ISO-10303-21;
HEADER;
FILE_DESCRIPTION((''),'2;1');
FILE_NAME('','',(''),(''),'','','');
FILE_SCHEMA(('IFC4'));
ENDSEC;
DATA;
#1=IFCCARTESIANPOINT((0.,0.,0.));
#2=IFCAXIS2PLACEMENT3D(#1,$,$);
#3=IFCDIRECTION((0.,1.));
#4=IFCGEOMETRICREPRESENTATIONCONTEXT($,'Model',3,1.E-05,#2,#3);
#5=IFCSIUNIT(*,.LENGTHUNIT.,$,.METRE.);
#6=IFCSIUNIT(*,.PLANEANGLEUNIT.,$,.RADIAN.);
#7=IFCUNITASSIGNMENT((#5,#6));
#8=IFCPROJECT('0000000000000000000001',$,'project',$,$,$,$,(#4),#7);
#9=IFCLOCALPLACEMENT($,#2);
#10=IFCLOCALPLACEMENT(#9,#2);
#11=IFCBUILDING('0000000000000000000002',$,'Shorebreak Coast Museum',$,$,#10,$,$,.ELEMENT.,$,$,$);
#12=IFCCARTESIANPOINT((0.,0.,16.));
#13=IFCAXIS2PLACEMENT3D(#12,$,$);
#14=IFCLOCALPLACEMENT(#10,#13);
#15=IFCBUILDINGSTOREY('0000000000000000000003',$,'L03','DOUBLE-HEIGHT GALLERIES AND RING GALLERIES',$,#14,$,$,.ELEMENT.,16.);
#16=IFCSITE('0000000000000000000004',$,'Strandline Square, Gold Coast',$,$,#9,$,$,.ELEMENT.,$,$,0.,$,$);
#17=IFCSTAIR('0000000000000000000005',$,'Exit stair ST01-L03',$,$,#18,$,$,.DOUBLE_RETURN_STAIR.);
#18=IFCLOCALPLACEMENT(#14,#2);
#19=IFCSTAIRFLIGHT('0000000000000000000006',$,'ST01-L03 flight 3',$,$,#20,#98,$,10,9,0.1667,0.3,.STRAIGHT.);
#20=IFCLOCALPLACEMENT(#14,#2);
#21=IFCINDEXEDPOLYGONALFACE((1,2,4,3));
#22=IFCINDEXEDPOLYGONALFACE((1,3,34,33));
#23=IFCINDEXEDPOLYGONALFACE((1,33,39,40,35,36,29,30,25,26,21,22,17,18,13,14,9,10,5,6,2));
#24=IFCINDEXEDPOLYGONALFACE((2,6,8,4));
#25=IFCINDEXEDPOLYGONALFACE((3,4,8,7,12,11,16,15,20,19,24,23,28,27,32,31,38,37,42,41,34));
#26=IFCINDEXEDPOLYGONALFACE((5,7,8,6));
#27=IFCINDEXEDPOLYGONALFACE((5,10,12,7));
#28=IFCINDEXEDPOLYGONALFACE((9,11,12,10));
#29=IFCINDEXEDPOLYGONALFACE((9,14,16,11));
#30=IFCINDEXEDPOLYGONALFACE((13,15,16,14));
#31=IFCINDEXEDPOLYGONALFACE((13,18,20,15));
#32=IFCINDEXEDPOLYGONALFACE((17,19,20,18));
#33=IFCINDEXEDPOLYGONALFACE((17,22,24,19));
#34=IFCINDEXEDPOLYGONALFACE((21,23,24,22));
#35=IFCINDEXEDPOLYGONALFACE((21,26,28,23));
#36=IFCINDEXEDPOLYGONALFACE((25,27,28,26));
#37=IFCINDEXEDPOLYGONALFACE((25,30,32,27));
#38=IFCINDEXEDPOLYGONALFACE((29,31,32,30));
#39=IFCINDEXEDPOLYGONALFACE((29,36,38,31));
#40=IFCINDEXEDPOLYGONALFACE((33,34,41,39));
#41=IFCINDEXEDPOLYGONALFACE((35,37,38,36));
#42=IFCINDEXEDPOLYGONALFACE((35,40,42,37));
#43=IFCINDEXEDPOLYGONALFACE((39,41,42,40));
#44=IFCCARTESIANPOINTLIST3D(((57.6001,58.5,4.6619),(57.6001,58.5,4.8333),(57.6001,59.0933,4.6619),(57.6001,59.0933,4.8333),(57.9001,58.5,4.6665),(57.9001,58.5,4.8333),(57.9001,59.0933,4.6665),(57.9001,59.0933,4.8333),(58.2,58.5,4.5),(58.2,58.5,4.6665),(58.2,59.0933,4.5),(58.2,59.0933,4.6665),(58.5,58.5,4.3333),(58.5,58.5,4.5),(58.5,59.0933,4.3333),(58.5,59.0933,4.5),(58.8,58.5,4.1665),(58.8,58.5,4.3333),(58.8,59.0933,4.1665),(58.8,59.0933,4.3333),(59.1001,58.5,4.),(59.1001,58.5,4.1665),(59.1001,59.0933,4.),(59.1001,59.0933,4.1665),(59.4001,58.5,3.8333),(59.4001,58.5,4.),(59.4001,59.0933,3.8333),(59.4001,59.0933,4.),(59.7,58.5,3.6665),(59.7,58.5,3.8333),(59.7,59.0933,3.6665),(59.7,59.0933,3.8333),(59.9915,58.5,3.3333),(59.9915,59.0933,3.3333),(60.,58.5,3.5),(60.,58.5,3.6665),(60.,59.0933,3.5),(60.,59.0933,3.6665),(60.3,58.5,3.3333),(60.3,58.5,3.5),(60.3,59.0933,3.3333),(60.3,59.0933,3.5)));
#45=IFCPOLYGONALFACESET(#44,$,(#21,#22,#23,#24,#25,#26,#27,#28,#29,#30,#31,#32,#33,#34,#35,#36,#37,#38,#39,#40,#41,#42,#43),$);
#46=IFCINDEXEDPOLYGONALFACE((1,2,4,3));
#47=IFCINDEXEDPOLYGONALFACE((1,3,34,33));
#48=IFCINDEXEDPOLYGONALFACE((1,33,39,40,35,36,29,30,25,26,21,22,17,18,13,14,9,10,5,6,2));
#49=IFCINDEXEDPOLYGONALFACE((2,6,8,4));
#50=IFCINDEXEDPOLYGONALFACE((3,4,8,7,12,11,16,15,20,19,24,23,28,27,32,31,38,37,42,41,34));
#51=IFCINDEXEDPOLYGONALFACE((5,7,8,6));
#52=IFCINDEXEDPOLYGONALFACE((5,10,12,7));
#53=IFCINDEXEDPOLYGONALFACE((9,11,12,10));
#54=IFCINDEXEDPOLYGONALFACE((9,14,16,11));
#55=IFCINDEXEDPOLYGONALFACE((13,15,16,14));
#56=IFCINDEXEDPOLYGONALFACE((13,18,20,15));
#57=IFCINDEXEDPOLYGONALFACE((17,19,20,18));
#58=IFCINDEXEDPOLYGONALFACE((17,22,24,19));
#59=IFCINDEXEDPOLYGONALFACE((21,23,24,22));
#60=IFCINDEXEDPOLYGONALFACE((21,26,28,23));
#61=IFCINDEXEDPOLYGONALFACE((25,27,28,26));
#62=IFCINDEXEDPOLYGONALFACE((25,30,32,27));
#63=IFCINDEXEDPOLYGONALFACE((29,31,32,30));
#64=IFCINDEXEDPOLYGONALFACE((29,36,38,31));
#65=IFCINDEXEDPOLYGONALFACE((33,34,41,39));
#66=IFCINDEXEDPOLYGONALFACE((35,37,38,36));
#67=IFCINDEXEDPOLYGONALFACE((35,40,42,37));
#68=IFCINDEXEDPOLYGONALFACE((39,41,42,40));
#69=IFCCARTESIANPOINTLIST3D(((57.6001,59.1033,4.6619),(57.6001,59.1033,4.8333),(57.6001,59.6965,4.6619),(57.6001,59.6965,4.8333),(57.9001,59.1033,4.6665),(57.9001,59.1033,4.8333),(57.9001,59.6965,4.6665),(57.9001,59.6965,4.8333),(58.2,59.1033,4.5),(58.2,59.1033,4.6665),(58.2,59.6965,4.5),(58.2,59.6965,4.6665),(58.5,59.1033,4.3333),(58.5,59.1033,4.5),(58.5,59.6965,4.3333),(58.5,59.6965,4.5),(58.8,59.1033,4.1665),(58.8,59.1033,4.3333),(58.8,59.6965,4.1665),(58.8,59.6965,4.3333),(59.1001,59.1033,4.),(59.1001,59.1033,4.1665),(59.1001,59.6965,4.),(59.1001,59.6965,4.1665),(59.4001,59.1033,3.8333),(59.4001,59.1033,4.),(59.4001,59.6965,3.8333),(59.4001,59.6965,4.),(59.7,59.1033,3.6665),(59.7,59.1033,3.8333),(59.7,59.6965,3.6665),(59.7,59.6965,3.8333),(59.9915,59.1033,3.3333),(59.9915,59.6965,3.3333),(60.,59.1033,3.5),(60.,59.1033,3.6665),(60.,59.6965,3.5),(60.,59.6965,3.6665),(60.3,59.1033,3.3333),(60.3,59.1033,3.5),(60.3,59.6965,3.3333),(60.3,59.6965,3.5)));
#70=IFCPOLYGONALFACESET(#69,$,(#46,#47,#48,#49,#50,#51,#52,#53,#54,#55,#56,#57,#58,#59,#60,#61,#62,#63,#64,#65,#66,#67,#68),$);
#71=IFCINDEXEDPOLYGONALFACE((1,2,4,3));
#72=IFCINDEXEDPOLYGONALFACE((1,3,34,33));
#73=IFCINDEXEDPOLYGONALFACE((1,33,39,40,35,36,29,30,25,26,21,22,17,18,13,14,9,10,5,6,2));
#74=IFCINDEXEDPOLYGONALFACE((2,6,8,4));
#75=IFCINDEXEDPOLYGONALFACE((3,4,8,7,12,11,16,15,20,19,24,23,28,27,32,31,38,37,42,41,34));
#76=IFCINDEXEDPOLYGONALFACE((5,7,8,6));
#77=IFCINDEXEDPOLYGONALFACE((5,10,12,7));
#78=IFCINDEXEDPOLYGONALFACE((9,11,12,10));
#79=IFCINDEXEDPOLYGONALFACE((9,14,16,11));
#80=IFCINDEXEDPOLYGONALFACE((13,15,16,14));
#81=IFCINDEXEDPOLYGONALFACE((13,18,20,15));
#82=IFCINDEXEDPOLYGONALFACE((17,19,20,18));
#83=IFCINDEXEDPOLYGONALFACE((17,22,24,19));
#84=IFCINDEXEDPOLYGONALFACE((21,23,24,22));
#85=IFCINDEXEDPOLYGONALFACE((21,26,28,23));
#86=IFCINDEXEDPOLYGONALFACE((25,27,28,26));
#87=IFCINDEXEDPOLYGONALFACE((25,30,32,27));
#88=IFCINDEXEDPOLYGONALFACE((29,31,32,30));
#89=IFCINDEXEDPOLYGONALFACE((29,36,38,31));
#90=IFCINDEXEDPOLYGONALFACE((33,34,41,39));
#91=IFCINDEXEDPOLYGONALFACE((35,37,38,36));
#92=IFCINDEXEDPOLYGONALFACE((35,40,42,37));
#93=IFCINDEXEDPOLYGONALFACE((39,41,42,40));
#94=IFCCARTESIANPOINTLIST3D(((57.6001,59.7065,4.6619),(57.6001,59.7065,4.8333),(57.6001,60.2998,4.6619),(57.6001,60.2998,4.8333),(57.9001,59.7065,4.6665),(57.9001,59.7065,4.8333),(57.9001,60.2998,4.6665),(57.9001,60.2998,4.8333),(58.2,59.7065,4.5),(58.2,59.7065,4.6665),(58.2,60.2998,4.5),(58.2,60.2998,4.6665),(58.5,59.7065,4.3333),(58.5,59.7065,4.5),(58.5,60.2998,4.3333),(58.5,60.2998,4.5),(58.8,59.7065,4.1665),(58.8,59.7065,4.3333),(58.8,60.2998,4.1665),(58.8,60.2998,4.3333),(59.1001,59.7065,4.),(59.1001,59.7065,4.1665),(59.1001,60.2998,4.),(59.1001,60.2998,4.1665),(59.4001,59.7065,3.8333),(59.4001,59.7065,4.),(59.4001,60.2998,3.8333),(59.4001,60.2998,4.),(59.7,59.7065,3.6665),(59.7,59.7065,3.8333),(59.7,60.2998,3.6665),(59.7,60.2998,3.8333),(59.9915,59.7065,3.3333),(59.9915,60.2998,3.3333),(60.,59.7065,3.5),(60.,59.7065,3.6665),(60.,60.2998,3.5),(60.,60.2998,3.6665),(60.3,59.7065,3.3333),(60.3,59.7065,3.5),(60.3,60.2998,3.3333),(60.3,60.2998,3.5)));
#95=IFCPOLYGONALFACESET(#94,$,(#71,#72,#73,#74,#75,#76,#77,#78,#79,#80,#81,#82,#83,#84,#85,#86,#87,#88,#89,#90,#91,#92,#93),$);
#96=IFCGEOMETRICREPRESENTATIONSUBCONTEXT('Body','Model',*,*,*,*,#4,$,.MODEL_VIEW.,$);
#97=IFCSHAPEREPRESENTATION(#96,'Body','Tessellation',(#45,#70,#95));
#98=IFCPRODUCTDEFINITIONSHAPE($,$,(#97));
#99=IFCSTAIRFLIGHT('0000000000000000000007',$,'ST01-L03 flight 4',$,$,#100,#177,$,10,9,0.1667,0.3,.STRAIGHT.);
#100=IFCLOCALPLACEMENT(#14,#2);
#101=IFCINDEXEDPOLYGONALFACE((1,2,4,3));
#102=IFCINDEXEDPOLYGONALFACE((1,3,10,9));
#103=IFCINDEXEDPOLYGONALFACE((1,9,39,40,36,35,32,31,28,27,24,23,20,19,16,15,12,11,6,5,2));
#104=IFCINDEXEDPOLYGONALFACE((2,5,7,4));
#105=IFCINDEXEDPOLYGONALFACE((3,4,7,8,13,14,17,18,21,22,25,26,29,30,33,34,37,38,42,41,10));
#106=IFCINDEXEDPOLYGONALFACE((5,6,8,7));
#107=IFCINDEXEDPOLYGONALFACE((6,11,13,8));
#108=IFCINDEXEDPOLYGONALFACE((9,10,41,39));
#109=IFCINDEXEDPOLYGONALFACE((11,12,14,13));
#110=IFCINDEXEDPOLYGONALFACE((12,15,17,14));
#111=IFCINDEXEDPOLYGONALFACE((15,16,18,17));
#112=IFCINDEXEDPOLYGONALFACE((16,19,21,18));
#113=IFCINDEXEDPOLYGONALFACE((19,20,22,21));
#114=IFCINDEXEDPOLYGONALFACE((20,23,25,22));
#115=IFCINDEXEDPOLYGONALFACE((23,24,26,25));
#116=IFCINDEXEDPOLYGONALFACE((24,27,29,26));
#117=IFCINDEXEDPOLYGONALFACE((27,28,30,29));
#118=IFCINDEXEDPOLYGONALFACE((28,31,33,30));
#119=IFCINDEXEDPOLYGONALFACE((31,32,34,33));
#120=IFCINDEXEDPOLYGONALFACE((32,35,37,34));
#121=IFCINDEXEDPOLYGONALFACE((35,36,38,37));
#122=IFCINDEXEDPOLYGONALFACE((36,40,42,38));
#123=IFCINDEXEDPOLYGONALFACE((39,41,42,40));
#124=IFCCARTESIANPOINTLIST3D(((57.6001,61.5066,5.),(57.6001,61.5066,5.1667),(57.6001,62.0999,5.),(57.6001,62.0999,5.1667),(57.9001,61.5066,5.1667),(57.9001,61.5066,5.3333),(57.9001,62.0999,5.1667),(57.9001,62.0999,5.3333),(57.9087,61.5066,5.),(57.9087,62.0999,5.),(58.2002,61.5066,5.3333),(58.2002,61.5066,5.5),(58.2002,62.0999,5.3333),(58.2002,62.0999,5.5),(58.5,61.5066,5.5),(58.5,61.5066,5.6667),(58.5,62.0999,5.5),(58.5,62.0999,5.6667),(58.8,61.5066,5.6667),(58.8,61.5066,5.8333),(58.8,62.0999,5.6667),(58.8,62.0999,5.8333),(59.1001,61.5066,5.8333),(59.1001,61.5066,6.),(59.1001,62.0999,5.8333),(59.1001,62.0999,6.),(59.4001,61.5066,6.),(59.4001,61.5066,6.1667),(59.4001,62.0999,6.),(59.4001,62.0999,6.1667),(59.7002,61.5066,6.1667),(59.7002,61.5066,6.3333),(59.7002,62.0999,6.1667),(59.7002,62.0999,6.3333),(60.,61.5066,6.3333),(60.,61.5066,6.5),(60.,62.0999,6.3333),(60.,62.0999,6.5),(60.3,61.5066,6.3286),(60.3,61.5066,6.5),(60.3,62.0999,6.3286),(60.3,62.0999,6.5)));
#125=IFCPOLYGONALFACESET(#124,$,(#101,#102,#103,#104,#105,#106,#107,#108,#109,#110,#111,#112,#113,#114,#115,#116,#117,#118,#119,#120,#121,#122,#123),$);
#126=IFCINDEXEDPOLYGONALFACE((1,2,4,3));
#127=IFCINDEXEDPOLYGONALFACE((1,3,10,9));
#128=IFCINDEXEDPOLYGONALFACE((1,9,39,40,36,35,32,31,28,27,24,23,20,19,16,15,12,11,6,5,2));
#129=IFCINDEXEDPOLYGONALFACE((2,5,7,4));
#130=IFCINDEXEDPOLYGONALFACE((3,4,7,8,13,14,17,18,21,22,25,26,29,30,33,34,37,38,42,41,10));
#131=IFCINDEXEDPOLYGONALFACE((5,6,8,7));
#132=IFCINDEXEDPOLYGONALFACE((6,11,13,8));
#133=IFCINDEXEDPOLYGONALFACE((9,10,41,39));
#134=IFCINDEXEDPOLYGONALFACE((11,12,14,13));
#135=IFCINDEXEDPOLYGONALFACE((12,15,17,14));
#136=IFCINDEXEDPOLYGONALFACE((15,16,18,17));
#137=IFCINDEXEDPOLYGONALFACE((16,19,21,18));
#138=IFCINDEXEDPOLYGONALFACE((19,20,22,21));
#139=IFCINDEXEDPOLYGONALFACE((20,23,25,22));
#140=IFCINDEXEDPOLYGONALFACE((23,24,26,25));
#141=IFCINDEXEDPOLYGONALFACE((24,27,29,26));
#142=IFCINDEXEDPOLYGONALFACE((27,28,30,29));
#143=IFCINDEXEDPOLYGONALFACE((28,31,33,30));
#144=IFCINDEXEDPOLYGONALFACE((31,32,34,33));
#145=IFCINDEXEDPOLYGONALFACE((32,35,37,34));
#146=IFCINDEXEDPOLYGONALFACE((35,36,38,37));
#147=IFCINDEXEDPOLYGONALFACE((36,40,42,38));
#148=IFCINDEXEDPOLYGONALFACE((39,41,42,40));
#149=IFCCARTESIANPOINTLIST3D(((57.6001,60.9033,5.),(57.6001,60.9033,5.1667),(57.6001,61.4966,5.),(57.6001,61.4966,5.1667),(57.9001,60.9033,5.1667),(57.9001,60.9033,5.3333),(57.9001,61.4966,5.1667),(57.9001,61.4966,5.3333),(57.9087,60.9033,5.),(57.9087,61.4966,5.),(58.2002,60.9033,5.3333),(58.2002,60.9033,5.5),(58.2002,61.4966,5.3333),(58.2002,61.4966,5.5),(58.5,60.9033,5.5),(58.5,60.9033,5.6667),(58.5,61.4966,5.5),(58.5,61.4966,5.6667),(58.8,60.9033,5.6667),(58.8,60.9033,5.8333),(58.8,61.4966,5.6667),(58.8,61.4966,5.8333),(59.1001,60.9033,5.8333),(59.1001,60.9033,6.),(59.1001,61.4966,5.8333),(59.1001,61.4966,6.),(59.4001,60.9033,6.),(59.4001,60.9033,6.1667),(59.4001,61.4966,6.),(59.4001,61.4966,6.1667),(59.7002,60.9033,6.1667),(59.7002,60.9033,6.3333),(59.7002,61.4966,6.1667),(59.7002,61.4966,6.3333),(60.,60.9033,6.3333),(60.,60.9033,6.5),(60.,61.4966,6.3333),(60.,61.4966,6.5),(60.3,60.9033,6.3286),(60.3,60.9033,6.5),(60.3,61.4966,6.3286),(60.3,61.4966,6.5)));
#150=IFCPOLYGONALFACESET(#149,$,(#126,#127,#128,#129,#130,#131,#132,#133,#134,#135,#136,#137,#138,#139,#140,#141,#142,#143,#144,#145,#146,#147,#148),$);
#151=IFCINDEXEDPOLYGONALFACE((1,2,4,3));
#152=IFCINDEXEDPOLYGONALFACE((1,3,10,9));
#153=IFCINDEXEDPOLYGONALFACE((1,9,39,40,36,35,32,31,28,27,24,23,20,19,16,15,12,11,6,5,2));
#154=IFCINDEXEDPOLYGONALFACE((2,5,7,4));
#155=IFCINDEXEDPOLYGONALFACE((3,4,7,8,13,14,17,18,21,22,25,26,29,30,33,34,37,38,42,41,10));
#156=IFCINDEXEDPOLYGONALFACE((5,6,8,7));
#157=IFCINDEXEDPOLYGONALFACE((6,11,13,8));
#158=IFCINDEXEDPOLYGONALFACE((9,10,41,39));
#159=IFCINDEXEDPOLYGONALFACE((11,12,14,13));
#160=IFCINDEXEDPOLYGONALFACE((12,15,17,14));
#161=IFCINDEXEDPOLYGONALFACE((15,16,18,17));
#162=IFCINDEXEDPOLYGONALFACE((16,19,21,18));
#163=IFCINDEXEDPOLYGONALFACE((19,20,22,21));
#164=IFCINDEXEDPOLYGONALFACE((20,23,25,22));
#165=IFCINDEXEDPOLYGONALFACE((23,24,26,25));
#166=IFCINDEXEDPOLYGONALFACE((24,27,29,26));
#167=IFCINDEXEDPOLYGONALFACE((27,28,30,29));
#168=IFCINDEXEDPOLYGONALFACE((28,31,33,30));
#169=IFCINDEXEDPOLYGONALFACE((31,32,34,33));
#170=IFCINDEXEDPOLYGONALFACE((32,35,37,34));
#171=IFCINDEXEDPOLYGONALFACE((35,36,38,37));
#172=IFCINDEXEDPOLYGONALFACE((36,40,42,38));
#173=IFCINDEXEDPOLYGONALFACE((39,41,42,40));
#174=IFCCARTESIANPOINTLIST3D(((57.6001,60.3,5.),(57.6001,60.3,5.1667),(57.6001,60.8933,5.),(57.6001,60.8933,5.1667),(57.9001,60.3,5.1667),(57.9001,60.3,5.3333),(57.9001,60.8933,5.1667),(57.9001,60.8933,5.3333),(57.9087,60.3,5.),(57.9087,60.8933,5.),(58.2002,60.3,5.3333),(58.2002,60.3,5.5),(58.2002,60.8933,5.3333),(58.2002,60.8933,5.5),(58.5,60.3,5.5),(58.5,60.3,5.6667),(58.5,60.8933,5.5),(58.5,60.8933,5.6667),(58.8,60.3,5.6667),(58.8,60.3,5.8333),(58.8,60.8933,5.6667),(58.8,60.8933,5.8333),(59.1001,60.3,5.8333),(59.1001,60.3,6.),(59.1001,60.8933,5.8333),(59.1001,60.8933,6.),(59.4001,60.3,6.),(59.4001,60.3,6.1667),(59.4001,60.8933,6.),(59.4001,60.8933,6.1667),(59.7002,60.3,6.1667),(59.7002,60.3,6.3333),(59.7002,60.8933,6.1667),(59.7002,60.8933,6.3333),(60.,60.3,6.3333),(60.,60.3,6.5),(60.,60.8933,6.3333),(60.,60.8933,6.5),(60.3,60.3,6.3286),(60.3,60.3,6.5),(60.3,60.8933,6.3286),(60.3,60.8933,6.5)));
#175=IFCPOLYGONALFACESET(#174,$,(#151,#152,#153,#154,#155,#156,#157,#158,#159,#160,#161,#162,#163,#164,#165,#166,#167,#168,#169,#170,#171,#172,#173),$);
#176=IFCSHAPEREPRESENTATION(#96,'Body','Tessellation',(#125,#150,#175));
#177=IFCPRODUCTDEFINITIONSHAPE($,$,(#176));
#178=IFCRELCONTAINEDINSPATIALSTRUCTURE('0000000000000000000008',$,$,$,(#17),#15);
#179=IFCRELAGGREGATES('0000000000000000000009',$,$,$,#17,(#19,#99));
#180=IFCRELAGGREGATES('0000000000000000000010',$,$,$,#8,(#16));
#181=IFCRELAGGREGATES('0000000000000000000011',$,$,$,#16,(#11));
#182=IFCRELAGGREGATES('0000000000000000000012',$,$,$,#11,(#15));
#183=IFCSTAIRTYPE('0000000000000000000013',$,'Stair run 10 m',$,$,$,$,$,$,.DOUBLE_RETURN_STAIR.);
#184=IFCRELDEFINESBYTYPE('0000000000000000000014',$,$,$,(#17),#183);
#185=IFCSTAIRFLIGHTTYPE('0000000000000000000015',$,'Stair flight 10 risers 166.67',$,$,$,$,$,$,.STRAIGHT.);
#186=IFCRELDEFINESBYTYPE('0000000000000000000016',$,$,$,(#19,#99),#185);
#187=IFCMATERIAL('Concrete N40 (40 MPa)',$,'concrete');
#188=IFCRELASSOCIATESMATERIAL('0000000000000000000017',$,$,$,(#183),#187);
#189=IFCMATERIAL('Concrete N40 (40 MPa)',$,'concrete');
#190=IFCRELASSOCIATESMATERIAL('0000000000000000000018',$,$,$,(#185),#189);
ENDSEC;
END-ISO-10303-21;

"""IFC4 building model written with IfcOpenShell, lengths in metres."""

from ifc_helpers import new_model, si_unit, direction, frame, origin, place, context, subcontext, project, spatial, polyline, outline, extrude, material, type_object, element, aggregate, save


model = new_model("IFC4")

# Units and contexts
model_context = context("Model", 3, precision=1e-05, world=origin(), true_north=direction((0.0, 1.0)))
body_context = subcontext(model_context, "Body", "Model", "MODEL_VIEW")
ifc_project = project(units=[si_unit("LENGTHUNIT", "METRE"), si_unit("PLANEANGLEUNIT", "RADIAN")], contexts=[model_context])

# Site, building, storey
site_placement = place(None, origin())
site = spatial("IfcSite", under=ifc_project, at=site_placement, Name="Strandline Square, Gold Coast", CompositionType="ELEMENT", RefElevation=0.0)
building_placement = place(site_placement, origin())
building = spatial("IfcBuilding", under=site, at=building_placement, Name="Shorebreak Coast Museum", CompositionType="ELEMENT")
storey_placement = place(building_placement, frame((0.0, 0.0, 16.0)))
storey = spatial("IfcBuildingStorey", under=building, at=storey_placement, Name="L03", Description="DOUBLE-HEIGHT GALLERIES AND RING GALLERIES", CompositionType="ELEMENT", Elevation=16.0)

# Stair, stair flights
ifc_material_1 = material(Name="Concrete N40 (40 MPa)", Category="concrete")
stair_type = type_object("IfcStairType", Name="Stair run 10 m", PredefinedType="DOUBLE_RETURN_STAIR", material=ifc_material_1)
stair_placement = place(storey_placement, origin())
stair = element("IfcStair", 1, at=stair_placement, inside=storey, type_object=stair_type, Name="Exit stair ST01-L03", PredefinedType="DOUBLE_RETURN_STAIR")
ifc_material_2 = material(Name="Concrete N40 (40 MPa)", Category="concrete")
stair_flight_type = type_object("IfcStairFlightType", Name="Stair flight 10 risers 166.67", PredefinedType="STRAIGHT", material=ifc_material_2)
stair_flight_1_placement = place(storey_placement, frame((60.3, 59.3999, 3.3333), z_axis=(0.0, 0.0, 1.0), x_axis=(-1.0, 0.0, 0.0)))
stair_flight_1 = element("IfcStairFlight", 2, at=stair_flight_1_placement, type_object=stair_flight_type, Name="ST01-L03 flight 3", NumberOfRisers=10, NumberOfTreads=9, PredefinedType="STRAIGHT", RiserHeight=0.1667, TreadLength=0.3, context=body_context, shape_type="SweptSolid", body=[
    extrude(outline(polyline([(0.0, 0.0), (0.0, 0.1667), (0.3, 0.1667), (0.3, 0.3333), (0.6001, 0.3333), (0.6001, 0.5), (0.8999, 0.5), (0.8999, 0.6667), (1.2, 0.6667), (1.2, 0.8333), (1.5, 0.8333), (1.5, 1.0), (1.8, 1.0), (1.8, 1.1667), (2.1001, 1.1667), (2.1001, 1.3333), (2.3999, 1.3333), (2.3999, 1.5), (2.7, 1.5), (2.7, 1.6667), (2.7, 1.3286), (0.3086, 0.0), (0.0, 0.0)])), frame((0.0, 0.8999, 0.0), z_axis=(0.0, -1.0, 0.0), x_axis=(1.0, 0.0, 0.0)), (0.0, 0.0, 1.0), 0.5933),
    extrude(outline(polyline([(0.0, 0.0), (0.0, 0.1667), (0.3, 0.1667), (0.3, 0.3333), (0.6001, 0.3333), (0.6001, 0.5), (0.8999, 0.5), (0.8999, 0.6667), (1.2, 0.6667), (1.2, 0.8333), (1.5, 0.8333), (1.5, 1.0), (1.8, 1.0), (1.8, 1.1667), (2.1001, 1.1667), (2.1001, 1.3333), (2.3999, 1.3333), (2.3999, 1.5), (2.7, 1.5), (2.7, 1.6667), (2.7, 1.3286), (0.3086, 0.0), (0.0, 0.0)])), frame((0.0, 0.2966, 0.0), z_axis=(0.0, -1.0, 0.0), x_axis=(1.0, 0.0, 0.0)), (0.0, 0.0, 1.0), 0.5933),
    extrude(outline(polyline([(0.0, 0.0), (0.0, 0.1667), (0.3, 0.1667), (0.3, 0.3333), (0.6001, 0.3333), (0.6001, 0.5), (0.8999, 0.5), (0.8999, 0.6667), (1.2, 0.6667), (1.2, 0.8333), (1.5, 0.8333), (1.5, 1.0), (1.8, 1.0), (1.8, 1.1667), (2.1001, 1.1667), (2.1001, 1.3333), (2.3999, 1.3333), (2.3999, 1.5), (2.7, 1.5), (2.7, 1.6667), (2.7, 1.3286), (0.3086, 0.0), (0.0, 0.0)])), frame((0.0, -0.3066, 0.0), z_axis=(0.0, -1.0, 0.0), x_axis=(1.0, 0.0, 0.0)), (0.0, 0.0, 1.0), 0.5933),
])
stair_flight_2_placement = place(storey_placement, frame((57.6001, 61.2, 5.0), z_axis=(0.0, 0.0, 1.0), x_axis=(1.0, 0.0, 0.0)))
stair_flight_2 = element("IfcStairFlight", 3, at=stair_flight_2_placement, type_object=stair_flight_type, Name="ST01-L03 flight 4", NumberOfRisers=10, NumberOfTreads=9, PredefinedType="STRAIGHT", RiserHeight=0.1667, TreadLength=0.3, context=body_context, shape_type="SweptSolid", body=[
    extrude(outline(polyline([(0.0, 0.0), (0.0, 0.1667), (0.3, 0.1667), (0.3, 0.3333), (0.6001, 0.3333), (0.6001, 0.5), (0.8999, 0.5), (0.8999, 0.6667), (1.2, 0.6667), (1.2, 0.8333), (1.5, 0.8333), (1.5, 1.0), (1.8, 1.0), (1.8, 1.1667), (2.1001, 1.1667), (2.1001, 1.3333), (2.3999, 1.3333), (2.3999, 1.5), (2.7, 1.5), (2.7, 1.6667), (2.7, 1.3286), (0.3086, 0.0), (0.0, 0.0)])), frame((0.0, 0.8999, 0.0), z_axis=(0.0, -1.0, 0.0), x_axis=(1.0, 0.0, 0.0)), (0.0, 0.0, 1.0), 0.5933),
    extrude(outline(polyline([(0.0, 0.0), (0.0, 0.1667), (0.3, 0.1667), (0.3, 0.3333), (0.6001, 0.3333), (0.6001, 0.5), (0.8999, 0.5), (0.8999, 0.6667), (1.2, 0.6667), (1.2, 0.8333), (1.5, 0.8333), (1.5, 1.0), (1.8, 1.0), (1.8, 1.1667), (2.1001, 1.1667), (2.1001, 1.3333), (2.3999, 1.3333), (2.3999, 1.5), (2.7, 1.5), (2.7, 1.6667), (2.7, 1.3286), (0.3086, 0.0), (0.0, 0.0)])), frame((0.0, 0.2966, 0.0), z_axis=(0.0, -1.0, 0.0), x_axis=(1.0, 0.0, 0.0)), (0.0, 0.0, 1.0), 0.5933),
    extrude(outline(polyline([(0.0, 0.0), (0.0, 0.1667), (0.3, 0.1667), (0.3, 0.3333), (0.6001, 0.3333), (0.6001, 0.5), (0.8999, 0.5), (0.8999, 0.6667), (1.2, 0.6667), (1.2, 0.8333), (1.5, 0.8333), (1.5, 1.0), (1.8, 1.0), (1.8, 1.1667), (2.1001, 1.1667), (2.1001, 1.3333), (2.3999, 1.3333), (2.3999, 1.5), (2.7, 1.5), (2.7, 1.6667), (2.7, 1.3286), (0.3086, 0.0), (0.0, 0.0)])), frame((0.0, -0.3066, 0.0), z_axis=(0.0, -1.0, 0.0), x_axis=(1.0, 0.0, 0.0)), (0.0, 0.0, 1.0), 0.5933),
])
aggregate(stair, [stair_flight_1, stair_flight_2])

save(model, "model.ifc")
